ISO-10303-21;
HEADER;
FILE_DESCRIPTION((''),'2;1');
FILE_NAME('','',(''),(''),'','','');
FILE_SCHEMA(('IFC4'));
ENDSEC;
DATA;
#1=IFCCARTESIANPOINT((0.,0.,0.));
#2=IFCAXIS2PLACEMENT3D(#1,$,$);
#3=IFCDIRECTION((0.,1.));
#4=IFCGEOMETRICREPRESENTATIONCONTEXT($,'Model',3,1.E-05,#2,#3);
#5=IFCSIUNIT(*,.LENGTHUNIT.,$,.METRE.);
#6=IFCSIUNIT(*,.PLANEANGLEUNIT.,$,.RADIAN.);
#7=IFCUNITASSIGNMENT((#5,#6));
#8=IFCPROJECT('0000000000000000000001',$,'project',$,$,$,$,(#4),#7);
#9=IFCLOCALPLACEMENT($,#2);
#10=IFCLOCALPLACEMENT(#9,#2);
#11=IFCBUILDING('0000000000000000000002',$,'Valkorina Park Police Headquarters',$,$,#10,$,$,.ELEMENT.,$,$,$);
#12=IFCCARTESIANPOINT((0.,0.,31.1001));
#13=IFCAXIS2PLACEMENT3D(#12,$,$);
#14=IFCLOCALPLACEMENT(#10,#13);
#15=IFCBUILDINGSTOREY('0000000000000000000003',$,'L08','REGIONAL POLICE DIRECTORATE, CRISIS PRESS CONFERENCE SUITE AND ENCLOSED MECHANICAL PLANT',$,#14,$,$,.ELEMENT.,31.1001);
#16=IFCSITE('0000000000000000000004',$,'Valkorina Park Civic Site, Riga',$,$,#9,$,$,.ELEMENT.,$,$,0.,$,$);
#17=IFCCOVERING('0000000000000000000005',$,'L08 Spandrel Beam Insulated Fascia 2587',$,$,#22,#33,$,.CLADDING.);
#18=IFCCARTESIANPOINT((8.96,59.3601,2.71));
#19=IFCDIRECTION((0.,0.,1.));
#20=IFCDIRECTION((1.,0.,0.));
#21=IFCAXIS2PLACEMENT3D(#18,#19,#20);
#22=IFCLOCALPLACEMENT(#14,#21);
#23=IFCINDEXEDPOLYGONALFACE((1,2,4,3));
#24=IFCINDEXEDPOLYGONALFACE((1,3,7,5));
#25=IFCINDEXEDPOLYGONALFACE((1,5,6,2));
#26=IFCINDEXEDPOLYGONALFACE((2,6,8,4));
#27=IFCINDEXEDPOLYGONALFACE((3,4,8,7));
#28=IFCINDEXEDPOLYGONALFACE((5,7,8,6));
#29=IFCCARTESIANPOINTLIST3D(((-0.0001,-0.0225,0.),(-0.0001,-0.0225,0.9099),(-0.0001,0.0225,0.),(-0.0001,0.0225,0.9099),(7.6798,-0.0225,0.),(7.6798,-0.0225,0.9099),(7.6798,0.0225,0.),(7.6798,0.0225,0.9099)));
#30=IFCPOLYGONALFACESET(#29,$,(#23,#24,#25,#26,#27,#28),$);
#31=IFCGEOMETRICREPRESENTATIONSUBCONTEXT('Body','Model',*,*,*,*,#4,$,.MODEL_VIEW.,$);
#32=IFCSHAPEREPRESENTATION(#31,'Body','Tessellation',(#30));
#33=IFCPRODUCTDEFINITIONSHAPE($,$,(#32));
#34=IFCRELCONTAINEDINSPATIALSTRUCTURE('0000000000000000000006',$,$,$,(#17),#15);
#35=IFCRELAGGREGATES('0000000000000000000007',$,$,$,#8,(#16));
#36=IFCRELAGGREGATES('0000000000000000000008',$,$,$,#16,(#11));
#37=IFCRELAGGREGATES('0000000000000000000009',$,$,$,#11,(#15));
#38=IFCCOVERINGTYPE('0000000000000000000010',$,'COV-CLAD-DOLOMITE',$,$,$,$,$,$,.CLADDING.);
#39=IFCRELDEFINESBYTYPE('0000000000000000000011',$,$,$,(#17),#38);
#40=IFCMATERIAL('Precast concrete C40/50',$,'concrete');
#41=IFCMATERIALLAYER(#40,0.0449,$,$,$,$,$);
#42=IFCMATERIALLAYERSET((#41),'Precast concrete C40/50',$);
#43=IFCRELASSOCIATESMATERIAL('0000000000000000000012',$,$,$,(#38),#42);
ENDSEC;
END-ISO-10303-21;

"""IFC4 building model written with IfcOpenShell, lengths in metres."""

from ifc_helpers import new_model, si_unit, direction, frame, frame_2d, origin, place, context, subcontext, project, spatial, rectangle, extrude, material, layer, layer_set, type_object, element, save


model = new_model("IFC4")

# Units and contexts
model_context = context("Model", 3, precision=1e-05, world=origin(), true_north=direction((0.0, 1.0)))
body_context = subcontext(model_context, "Body", "Model", "MODEL_VIEW")
ifc_project = project(units=[si_unit("LENGTHUNIT", "METRE"), si_unit("PLANEANGLEUNIT", "RADIAN")], contexts=[model_context])

# Site, building, storey
site_placement = place(None, origin())
site = spatial("IfcSite", under=ifc_project, at=site_placement, Name="Valkorina Park Civic Site, Riga", CompositionType="ELEMENT", RefElevation=0.0)
building_placement = place(site_placement, origin())
building = spatial("IfcBuilding", under=site, at=building_placement, Name="Valkorina Park Police Headquarters", CompositionType="ELEMENT")
storey_placement = place(building_placement, frame((0.0, 0.0, 31.1001)))
storey = spatial("IfcBuildingStorey", under=building, at=storey_placement, Name="L08", Description="REGIONAL POLICE DIRECTORATE, CRISIS PRESS CONFERENCE SUITE AND ENCLOSED MECHANICAL PLANT", CompositionType="ELEMENT", Elevation=31.1001)

# Covering
ifc_material_1 = material(Name="Precast concrete C40/50", Category="concrete")
ifc_layer_1 = layer(ifc_material_1, 0.0449)
ifc_layer_set_1 = layer_set([ifc_layer_1], Name="Precast concrete C40/50")
covering_type_1 = type_object("IfcCoveringType", Name="COV-CLAD-DOLOMITE", PredefinedType="CLADDING", material=ifc_layer_set_1)
covering_1_placement = place(storey_placement, frame((8.96, 59.3601, 2.71), z_axis=(0.0, 0.0, 1.0), x_axis=(1.0, 0.0, 0.0)))
element("IfcCovering", 1, at=covering_1_placement, inside=storey, type_object=covering_type_1, Name="L08 Spandrel Beam Insulated Fascia 2587", PredefinedType="CLADDING", context=body_context, shape_type="SweptSolid", body=[
    extrude(rectangle(XDim=7.6799, YDim=0.0449, at=frame_2d((3.8398, 0.0))), origin(), (0.0, 0.0, 1.0), 0.9099),
])

save(model, "model.ifc")
